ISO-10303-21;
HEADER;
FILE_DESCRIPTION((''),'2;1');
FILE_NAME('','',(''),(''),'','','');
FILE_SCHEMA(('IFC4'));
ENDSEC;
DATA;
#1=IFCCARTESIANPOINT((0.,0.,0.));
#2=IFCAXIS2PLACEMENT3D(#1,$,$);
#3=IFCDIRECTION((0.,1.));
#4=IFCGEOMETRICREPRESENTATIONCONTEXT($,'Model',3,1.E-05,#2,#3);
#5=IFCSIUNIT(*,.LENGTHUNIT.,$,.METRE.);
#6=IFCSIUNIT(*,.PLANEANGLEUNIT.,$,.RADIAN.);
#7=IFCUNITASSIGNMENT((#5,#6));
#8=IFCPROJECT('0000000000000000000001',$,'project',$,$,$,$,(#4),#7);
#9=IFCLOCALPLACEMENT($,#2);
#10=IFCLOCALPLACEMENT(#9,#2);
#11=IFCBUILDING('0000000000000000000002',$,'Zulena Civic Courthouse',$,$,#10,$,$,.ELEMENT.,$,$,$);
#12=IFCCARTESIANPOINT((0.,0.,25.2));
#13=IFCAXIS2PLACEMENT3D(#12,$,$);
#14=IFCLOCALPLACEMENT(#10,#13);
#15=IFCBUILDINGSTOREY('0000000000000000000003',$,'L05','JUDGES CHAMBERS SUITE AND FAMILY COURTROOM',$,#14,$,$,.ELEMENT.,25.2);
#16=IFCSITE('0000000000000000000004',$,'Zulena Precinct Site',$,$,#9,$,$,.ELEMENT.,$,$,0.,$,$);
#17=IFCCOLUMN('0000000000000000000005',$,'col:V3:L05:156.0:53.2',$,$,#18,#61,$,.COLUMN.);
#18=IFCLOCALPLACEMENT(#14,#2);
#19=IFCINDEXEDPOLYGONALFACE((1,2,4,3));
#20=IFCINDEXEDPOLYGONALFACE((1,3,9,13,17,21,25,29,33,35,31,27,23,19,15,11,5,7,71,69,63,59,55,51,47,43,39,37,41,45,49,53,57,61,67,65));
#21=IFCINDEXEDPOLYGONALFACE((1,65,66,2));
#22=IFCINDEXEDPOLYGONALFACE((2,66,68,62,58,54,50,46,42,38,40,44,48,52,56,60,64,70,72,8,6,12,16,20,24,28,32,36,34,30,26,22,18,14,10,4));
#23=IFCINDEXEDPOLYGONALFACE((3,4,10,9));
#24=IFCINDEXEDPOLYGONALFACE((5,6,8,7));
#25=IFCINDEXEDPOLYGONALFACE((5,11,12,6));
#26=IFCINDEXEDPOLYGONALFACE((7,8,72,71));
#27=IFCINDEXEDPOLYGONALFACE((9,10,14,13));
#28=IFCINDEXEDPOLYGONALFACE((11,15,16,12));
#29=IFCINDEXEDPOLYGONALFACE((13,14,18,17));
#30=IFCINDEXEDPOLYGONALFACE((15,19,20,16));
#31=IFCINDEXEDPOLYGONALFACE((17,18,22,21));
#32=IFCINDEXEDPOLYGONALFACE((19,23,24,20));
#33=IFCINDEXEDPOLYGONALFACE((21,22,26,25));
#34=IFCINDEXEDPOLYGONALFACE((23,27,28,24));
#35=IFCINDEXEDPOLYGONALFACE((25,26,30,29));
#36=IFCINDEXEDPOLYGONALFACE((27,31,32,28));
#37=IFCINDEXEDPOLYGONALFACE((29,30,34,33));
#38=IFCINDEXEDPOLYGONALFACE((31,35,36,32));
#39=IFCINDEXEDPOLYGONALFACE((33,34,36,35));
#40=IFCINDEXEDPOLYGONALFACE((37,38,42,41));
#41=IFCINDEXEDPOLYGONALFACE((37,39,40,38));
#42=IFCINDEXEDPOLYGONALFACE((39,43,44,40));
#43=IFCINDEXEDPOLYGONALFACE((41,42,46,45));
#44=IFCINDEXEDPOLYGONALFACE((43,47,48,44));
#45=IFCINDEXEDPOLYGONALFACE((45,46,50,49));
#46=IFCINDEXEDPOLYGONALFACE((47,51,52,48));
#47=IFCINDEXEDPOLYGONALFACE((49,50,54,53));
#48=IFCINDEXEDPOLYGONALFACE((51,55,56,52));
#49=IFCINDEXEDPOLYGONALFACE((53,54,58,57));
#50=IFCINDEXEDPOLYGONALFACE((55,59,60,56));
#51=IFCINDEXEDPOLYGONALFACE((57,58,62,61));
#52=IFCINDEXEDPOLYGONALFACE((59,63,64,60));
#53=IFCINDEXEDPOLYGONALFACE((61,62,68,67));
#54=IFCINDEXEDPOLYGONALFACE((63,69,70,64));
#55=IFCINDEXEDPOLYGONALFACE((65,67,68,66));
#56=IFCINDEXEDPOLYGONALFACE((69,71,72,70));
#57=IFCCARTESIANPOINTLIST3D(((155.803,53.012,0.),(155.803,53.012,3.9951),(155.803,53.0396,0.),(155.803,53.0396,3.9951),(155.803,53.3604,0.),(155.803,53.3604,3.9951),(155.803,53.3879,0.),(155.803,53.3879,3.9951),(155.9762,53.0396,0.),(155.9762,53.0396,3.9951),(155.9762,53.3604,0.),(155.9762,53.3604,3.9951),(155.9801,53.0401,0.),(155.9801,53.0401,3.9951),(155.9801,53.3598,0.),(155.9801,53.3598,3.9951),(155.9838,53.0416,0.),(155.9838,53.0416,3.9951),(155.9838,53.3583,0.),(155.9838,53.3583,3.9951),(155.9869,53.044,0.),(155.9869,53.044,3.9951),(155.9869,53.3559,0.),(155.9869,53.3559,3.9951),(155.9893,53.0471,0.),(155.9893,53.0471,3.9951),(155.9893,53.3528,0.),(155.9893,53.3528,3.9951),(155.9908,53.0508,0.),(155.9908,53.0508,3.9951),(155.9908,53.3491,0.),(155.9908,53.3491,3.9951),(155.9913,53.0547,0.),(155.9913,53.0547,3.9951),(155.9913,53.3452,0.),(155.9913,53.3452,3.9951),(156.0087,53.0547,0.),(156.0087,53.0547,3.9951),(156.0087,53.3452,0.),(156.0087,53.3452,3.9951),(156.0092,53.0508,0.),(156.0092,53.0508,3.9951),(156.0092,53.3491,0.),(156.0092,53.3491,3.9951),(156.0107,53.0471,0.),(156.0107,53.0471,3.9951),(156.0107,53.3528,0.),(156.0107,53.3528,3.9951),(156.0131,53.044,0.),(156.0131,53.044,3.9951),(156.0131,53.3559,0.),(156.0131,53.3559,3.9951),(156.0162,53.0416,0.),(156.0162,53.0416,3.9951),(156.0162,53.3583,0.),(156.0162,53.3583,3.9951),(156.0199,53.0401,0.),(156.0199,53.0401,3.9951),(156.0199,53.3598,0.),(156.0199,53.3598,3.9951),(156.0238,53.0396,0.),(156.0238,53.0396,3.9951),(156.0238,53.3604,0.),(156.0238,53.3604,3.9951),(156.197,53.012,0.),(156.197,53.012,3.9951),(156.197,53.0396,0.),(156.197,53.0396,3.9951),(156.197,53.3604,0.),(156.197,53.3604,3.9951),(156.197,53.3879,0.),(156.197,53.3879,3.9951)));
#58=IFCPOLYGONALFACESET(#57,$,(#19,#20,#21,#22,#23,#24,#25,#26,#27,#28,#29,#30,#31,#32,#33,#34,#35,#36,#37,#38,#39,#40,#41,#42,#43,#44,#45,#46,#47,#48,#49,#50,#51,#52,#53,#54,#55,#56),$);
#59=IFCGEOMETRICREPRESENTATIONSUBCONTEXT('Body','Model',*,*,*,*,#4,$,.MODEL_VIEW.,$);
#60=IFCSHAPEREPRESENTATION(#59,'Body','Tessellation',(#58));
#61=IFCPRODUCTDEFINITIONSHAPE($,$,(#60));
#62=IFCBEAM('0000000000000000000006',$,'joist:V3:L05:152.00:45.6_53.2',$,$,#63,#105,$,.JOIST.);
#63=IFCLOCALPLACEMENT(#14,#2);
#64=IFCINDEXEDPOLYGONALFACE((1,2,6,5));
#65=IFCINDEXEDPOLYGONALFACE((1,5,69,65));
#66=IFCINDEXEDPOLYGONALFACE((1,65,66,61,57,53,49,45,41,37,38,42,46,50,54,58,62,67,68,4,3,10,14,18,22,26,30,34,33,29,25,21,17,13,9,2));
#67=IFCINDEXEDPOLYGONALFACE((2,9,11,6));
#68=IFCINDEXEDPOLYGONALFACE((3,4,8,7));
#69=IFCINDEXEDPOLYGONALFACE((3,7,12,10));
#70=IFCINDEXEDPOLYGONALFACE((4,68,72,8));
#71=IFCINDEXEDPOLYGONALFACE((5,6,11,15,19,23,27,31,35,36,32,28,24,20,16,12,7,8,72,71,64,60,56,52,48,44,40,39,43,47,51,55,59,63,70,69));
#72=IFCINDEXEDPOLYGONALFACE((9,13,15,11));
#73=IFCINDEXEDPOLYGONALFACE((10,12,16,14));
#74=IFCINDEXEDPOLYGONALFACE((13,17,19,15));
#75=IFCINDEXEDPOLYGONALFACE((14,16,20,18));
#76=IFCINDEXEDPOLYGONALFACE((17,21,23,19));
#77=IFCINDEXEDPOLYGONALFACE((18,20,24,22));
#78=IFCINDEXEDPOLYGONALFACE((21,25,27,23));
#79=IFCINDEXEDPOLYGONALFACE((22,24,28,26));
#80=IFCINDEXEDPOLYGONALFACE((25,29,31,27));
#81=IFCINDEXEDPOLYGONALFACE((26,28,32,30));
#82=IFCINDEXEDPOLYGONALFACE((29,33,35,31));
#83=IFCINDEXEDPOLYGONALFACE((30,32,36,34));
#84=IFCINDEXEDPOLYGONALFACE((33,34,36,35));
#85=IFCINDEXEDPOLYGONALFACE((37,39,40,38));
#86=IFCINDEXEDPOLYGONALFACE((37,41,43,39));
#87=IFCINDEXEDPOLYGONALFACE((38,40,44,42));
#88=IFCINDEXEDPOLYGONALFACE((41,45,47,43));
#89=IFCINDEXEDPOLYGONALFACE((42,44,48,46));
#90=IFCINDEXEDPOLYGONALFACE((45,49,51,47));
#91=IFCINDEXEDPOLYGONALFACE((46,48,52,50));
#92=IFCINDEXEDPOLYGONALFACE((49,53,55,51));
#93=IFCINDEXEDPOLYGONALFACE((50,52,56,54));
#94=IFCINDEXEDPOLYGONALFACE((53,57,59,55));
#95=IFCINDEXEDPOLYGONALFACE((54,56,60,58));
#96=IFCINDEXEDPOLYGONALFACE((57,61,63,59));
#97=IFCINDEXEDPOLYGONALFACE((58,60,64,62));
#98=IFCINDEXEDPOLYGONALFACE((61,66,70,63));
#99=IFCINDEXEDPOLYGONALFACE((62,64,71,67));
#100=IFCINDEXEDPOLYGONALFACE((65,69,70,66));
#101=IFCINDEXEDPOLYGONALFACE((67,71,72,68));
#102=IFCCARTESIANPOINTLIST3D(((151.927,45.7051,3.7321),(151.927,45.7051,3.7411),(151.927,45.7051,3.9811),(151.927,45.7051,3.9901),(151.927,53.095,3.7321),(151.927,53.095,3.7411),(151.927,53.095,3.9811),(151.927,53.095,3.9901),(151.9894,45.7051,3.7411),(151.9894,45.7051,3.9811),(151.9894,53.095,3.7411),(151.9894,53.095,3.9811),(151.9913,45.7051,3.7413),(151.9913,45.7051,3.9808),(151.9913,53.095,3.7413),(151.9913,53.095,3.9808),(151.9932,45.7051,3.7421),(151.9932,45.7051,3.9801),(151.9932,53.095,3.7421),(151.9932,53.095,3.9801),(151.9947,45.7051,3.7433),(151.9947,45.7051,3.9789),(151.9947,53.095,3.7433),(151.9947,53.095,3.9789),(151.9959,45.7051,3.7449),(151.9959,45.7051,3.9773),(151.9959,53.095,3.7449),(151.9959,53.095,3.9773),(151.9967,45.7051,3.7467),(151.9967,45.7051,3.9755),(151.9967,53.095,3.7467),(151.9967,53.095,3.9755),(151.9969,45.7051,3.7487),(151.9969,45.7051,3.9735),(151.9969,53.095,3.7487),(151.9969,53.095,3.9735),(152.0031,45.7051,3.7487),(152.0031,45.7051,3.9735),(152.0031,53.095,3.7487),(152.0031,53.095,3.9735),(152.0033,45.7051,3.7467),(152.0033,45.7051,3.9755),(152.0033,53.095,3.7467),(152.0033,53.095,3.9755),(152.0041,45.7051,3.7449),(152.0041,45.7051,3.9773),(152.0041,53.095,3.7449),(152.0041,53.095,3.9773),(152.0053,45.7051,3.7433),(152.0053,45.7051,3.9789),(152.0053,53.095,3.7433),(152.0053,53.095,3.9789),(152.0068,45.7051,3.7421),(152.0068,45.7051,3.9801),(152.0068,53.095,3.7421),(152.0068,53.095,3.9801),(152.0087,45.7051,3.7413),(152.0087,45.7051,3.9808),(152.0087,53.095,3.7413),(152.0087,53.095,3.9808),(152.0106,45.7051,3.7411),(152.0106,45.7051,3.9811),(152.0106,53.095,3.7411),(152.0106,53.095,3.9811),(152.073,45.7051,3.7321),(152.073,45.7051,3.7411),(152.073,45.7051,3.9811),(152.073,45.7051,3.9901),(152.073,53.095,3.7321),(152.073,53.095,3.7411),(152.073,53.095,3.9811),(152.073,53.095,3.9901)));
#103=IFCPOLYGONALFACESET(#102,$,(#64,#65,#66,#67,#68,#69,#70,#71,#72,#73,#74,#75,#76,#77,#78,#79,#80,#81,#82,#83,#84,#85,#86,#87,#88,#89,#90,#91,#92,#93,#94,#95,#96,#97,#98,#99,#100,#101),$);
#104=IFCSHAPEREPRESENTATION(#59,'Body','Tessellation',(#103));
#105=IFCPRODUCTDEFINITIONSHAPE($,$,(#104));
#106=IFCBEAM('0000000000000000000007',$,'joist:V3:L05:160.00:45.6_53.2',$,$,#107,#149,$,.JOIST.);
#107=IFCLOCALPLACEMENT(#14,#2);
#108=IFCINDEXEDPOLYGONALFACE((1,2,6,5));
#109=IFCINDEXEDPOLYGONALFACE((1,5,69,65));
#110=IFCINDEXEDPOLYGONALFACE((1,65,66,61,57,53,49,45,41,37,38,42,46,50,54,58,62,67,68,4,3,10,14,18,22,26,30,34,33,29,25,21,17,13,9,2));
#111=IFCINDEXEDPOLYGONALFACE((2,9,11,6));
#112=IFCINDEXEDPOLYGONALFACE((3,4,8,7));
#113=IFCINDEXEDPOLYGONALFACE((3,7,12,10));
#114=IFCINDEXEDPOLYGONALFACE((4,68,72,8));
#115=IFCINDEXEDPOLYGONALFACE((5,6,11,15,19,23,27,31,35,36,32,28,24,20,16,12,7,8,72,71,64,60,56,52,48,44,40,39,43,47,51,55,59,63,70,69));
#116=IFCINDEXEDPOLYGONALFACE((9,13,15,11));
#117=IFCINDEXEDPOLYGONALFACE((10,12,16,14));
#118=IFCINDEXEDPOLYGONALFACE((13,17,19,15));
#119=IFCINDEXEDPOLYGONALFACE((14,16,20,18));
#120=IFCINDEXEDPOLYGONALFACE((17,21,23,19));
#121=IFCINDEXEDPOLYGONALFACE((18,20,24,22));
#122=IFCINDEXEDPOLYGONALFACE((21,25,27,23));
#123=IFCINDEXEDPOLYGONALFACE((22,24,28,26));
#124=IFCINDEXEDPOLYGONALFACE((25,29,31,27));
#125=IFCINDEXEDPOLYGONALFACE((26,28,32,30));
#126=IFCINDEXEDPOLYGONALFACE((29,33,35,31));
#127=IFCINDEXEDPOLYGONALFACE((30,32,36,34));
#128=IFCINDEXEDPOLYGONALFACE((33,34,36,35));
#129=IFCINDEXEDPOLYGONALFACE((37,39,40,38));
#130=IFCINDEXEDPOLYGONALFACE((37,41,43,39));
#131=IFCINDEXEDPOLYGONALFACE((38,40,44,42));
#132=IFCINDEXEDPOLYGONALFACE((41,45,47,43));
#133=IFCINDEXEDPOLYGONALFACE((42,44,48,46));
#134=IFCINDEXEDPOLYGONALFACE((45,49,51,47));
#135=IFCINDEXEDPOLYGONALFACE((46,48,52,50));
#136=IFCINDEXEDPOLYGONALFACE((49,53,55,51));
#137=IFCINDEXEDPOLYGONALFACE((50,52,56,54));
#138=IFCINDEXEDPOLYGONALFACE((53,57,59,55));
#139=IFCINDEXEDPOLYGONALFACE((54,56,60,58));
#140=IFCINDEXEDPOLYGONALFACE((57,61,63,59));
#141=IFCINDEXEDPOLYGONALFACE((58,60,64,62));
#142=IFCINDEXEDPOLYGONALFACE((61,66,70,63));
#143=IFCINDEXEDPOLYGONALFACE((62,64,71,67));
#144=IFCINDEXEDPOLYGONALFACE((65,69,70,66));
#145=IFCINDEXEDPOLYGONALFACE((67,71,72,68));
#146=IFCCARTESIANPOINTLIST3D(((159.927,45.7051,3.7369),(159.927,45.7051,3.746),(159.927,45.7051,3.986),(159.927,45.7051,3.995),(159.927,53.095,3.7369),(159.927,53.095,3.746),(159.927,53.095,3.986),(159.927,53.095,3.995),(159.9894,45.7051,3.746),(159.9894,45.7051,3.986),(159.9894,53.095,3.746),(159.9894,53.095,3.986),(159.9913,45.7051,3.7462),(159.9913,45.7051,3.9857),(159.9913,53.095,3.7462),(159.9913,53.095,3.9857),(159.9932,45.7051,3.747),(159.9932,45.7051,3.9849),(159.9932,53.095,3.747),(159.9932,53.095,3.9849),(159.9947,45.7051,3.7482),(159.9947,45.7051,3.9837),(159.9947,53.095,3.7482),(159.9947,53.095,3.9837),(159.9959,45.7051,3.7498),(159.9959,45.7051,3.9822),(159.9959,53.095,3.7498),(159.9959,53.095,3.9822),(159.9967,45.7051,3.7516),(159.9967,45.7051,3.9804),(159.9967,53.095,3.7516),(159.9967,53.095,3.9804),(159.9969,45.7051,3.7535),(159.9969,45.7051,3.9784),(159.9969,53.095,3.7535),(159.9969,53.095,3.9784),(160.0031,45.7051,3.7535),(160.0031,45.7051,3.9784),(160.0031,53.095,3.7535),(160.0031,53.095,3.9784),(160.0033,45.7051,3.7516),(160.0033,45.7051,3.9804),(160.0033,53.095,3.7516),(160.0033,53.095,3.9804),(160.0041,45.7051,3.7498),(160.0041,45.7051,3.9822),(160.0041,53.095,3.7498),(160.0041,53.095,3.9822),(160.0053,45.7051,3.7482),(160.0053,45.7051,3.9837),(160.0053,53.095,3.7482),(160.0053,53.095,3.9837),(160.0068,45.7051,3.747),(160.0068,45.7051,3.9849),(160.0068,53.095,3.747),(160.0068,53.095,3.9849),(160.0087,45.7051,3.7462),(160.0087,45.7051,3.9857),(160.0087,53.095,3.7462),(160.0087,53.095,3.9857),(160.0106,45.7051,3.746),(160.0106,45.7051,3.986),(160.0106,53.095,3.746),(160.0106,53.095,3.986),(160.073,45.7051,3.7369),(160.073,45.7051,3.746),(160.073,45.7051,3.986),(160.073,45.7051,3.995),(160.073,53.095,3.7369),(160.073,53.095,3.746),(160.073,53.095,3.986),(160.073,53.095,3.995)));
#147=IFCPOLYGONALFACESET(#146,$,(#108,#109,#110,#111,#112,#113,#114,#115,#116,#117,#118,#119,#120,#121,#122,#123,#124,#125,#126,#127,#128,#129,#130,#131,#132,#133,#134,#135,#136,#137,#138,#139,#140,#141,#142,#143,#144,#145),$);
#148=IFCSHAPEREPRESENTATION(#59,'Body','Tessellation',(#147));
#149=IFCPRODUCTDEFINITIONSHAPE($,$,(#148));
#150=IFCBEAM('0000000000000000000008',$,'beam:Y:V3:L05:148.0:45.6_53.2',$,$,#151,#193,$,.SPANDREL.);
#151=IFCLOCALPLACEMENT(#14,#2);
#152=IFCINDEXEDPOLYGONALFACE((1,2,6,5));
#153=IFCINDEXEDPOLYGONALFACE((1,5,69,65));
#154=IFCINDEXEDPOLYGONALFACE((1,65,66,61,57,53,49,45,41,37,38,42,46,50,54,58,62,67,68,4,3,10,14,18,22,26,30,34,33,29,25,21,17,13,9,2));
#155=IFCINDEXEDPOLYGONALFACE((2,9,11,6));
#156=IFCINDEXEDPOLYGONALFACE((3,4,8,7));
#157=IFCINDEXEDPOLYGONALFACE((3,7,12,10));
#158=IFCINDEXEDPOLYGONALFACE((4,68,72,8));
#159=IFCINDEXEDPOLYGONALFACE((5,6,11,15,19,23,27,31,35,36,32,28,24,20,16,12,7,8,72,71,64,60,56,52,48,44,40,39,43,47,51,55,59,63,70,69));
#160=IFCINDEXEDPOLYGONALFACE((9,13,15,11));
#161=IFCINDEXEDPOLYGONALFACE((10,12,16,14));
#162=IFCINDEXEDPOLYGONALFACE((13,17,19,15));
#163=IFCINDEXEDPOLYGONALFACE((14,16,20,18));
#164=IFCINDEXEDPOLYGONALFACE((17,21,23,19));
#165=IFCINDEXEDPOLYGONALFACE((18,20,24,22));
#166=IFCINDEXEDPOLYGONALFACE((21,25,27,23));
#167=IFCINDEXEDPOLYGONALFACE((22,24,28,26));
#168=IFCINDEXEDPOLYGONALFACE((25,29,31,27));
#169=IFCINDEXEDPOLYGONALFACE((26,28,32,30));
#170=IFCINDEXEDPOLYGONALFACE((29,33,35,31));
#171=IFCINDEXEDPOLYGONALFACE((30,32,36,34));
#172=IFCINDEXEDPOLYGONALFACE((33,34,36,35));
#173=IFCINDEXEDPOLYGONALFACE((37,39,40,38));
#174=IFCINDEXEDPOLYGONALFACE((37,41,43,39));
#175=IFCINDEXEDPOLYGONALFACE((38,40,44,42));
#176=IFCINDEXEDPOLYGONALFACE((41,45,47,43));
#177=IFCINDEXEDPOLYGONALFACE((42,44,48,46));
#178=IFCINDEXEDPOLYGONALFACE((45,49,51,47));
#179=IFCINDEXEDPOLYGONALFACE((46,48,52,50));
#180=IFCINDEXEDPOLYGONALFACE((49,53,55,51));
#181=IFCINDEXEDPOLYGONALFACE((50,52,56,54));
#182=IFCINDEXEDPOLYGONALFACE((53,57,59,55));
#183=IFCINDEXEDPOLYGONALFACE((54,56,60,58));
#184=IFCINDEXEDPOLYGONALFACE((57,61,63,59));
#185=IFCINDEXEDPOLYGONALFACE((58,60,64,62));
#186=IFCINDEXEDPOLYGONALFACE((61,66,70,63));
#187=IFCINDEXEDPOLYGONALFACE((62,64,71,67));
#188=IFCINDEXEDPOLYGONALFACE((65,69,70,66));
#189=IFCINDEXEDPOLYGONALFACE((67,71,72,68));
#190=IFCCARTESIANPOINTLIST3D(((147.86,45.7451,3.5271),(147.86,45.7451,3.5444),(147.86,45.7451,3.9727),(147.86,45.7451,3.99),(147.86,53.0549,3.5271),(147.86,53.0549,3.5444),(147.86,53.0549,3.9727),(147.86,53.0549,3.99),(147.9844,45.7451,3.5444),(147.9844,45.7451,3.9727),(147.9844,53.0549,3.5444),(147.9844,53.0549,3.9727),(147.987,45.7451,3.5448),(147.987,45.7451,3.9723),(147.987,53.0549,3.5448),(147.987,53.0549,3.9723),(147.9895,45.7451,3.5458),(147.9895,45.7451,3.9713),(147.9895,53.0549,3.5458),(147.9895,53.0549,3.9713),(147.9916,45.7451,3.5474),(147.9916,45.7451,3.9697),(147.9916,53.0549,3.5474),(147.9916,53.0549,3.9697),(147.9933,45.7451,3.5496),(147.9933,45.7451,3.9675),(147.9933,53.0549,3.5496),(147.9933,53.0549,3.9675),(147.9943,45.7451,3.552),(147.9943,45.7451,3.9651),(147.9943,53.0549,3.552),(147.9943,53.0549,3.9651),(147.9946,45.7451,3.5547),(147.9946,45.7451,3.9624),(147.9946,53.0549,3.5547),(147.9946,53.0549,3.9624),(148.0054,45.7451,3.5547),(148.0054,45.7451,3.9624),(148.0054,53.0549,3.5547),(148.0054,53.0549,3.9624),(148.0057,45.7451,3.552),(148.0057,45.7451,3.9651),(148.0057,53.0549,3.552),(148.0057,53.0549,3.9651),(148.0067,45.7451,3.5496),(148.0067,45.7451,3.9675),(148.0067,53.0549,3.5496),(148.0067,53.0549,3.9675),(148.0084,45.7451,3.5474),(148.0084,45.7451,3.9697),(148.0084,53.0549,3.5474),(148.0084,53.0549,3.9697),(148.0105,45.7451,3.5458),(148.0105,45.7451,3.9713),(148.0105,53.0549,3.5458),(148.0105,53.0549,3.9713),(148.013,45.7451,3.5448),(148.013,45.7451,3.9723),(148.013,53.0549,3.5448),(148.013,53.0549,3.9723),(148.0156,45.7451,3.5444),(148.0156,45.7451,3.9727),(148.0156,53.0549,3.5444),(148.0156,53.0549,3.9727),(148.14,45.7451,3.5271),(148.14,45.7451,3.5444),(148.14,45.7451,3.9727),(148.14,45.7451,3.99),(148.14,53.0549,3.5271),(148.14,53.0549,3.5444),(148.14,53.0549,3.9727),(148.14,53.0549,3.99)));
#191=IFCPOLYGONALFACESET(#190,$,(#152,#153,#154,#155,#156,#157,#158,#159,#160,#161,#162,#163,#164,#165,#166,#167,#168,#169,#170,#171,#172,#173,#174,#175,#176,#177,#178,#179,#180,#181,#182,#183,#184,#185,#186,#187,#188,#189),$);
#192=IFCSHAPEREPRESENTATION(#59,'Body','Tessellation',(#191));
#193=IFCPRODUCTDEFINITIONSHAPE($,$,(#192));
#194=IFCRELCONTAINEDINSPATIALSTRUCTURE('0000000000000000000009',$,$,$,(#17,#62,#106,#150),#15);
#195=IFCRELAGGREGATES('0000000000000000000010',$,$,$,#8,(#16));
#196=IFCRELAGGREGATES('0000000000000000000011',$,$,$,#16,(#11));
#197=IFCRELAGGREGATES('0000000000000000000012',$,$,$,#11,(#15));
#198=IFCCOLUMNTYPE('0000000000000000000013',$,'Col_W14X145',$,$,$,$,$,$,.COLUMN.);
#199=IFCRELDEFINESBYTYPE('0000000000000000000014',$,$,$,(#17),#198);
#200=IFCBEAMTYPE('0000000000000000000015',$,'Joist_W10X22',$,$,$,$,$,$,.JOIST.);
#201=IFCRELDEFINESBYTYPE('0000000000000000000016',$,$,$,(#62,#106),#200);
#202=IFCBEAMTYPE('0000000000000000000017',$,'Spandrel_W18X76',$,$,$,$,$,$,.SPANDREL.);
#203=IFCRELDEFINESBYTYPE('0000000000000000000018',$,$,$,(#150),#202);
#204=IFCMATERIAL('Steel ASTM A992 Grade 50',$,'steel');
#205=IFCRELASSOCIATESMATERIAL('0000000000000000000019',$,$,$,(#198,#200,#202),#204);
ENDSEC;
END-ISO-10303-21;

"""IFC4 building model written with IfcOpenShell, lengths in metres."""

from ifc_helpers import new_model, si_unit, direction, frame, origin, origin_2d, place, context, subcontext, project, spatial, i_section, extrude, material, material_profile, profile_set, type_object, element, save


model = new_model("IFC4")

# Units and contexts
model_context = context("Model", 3, precision=1e-05, world=origin(), true_north=direction((0.0, 1.0)))
body_context = subcontext(model_context, "Body", "Model", "MODEL_VIEW")
ifc_project = project(units=[si_unit("LENGTHUNIT", "METRE"), si_unit("PLANEANGLEUNIT", "RADIAN")], contexts=[model_context])

# Site, building, storey
site_placement = place(None, origin())
site = spatial("IfcSite", under=ifc_project, at=site_placement, Name="Zulena Precinct Site", CompositionType="ELEMENT", RefElevation=0.0)
building_placement = place(site_placement, origin())
building = spatial("IfcBuilding", under=site, at=building_placement, Name="Zulena Civic Courthouse", CompositionType="ELEMENT")
storey_placement = place(building_placement, frame((0.0, 0.0, 25.2)))
storey = spatial("IfcBuildingStorey", under=building, at=storey_placement, Name="L05", Description="JUDGES CHAMBERS SUITE AND FAMILY COURTROOM", CompositionType="ELEMENT", Elevation=25.2)

# Column
ifc_material_1 = material(Name="Steel ASTM A992 Grade 50", Category="steel")
ifc_material_profile_1 = material_profile(ifc_material_1, i_section(OverallWidth=0.394, OverallDepth=0.376, WebThickness=0.0173, FlangeThickness=0.0276, FilletRadius=0.0151, at=origin_2d()), Name="W14X145")
ifc_profile_set_1 = profile_set([ifc_material_profile_1], Name="Steel ASTM A992 Grade 50")
column_type_1 = type_object("IfcColumnType", Name="Col_W14X145", PredefinedType="COLUMN", material=ifc_profile_set_1)
for number, where, z_axis, x_axis, name in (
    (1, (156.0, 53.2, 0.0), (0.0, 0.0, 1.0), (1.0, 0.0, 0.0), "col:V3:L05:156.0:53.2"),
):
    element("IfcColumn", number, at=place(storey_placement, frame(where, z_axis=z_axis, x_axis=x_axis)), inside=storey, type_object=column_type_1, Name=name, PredefinedType="COLUMN", context=body_context, shape_type="SweptSolid", body=[
        extrude(i_section(OverallWidth=0.394, OverallDepth=0.376, WebThickness=0.0173, FlangeThickness=0.0276, FilletRadius=0.0151, at=origin_2d()), origin(), (0.0, 0.0, 1.0), 3.9951),
    ])

# Beams
ifc_material_profile_2 = material_profile(ifc_material_1, i_section(OverallWidth=0.146, OverallDepth=0.2581, WebThickness=0.0061, FlangeThickness=0.009, FilletRadius=0.0076, at=origin_2d()), Name="W10X22")
ifc_profile_set_2 = profile_set([ifc_material_profile_2], Name="Steel ASTM A992 Grade 50")
beam_type_1 = type_object("IfcBeamType", Name="Joist_W10X22", PredefinedType="JOIST", material=ifc_profile_set_2)
for number, where, z_axis, x_axis, name in (
    (2, (152.0, 45.7051, 3.8611), (0.0, 1.0, 0.0), (-1.0, 0.0, 0.0), "joist:V3:L05:152.00:45.6_53.2"),
    (3, (160.0, 45.7051, 3.866), (0.0, 1.0, 0.0), (-1.0, 0.0, 0.0), "joist:V3:L05:160.00:45.6_53.2"),
):
    element("IfcBeam", number, at=place(storey_placement, frame(where, z_axis=z_axis, x_axis=x_axis)), inside=storey, type_object=beam_type_1, Name=name, PredefinedType="JOIST", context=body_context, shape_type="SweptSolid", body=[
        extrude(i_section(OverallWidth=0.146, OverallDepth=0.2581, WebThickness=0.0061, FlangeThickness=0.009, FilletRadius=0.0076, at=origin_2d()), origin(), (0.0, 0.0, 1.0), 7.3899),
    ])
ifc_material_profile_3 = material_profile(ifc_material_1, i_section(OverallWidth=0.28, OverallDepth=0.4629, WebThickness=0.0107, FlangeThickness=0.0173, FilletRadius=0.0103, at=origin_2d()), Name="W18X76")
ifc_profile_set_3 = profile_set([ifc_material_profile_3], Name="Steel ASTM A992 Grade 50")
beam_type_2 = type_object("IfcBeamType", Name="Spandrel_W18X76", PredefinedType="SPANDREL", material=ifc_profile_set_3)
for number, where, z_axis, x_axis, name in (
    (4, (148.0, 45.7451, 3.7585), (0.0, 1.0, 0.0), (-1.0, 0.0, 0.0), "beam:Y:V3:L05:148.0:45.6_53.2"),
):
    element("IfcBeam", number, at=place(storey_placement, frame(where, z_axis=z_axis, x_axis=x_axis)), inside=storey, type_object=beam_type_2, Name=name, PredefinedType="SPANDREL", context=body_context, shape_type="SweptSolid", body=[
        extrude(i_section(OverallWidth=0.28, OverallDepth=0.4629, WebThickness=0.0107, FlangeThickness=0.0173, FilletRadius=0.0103, at=origin_2d()), origin(), (0.0, 0.0, 1.0), 7.3098),
    ])

save(model, "model.ifc")
